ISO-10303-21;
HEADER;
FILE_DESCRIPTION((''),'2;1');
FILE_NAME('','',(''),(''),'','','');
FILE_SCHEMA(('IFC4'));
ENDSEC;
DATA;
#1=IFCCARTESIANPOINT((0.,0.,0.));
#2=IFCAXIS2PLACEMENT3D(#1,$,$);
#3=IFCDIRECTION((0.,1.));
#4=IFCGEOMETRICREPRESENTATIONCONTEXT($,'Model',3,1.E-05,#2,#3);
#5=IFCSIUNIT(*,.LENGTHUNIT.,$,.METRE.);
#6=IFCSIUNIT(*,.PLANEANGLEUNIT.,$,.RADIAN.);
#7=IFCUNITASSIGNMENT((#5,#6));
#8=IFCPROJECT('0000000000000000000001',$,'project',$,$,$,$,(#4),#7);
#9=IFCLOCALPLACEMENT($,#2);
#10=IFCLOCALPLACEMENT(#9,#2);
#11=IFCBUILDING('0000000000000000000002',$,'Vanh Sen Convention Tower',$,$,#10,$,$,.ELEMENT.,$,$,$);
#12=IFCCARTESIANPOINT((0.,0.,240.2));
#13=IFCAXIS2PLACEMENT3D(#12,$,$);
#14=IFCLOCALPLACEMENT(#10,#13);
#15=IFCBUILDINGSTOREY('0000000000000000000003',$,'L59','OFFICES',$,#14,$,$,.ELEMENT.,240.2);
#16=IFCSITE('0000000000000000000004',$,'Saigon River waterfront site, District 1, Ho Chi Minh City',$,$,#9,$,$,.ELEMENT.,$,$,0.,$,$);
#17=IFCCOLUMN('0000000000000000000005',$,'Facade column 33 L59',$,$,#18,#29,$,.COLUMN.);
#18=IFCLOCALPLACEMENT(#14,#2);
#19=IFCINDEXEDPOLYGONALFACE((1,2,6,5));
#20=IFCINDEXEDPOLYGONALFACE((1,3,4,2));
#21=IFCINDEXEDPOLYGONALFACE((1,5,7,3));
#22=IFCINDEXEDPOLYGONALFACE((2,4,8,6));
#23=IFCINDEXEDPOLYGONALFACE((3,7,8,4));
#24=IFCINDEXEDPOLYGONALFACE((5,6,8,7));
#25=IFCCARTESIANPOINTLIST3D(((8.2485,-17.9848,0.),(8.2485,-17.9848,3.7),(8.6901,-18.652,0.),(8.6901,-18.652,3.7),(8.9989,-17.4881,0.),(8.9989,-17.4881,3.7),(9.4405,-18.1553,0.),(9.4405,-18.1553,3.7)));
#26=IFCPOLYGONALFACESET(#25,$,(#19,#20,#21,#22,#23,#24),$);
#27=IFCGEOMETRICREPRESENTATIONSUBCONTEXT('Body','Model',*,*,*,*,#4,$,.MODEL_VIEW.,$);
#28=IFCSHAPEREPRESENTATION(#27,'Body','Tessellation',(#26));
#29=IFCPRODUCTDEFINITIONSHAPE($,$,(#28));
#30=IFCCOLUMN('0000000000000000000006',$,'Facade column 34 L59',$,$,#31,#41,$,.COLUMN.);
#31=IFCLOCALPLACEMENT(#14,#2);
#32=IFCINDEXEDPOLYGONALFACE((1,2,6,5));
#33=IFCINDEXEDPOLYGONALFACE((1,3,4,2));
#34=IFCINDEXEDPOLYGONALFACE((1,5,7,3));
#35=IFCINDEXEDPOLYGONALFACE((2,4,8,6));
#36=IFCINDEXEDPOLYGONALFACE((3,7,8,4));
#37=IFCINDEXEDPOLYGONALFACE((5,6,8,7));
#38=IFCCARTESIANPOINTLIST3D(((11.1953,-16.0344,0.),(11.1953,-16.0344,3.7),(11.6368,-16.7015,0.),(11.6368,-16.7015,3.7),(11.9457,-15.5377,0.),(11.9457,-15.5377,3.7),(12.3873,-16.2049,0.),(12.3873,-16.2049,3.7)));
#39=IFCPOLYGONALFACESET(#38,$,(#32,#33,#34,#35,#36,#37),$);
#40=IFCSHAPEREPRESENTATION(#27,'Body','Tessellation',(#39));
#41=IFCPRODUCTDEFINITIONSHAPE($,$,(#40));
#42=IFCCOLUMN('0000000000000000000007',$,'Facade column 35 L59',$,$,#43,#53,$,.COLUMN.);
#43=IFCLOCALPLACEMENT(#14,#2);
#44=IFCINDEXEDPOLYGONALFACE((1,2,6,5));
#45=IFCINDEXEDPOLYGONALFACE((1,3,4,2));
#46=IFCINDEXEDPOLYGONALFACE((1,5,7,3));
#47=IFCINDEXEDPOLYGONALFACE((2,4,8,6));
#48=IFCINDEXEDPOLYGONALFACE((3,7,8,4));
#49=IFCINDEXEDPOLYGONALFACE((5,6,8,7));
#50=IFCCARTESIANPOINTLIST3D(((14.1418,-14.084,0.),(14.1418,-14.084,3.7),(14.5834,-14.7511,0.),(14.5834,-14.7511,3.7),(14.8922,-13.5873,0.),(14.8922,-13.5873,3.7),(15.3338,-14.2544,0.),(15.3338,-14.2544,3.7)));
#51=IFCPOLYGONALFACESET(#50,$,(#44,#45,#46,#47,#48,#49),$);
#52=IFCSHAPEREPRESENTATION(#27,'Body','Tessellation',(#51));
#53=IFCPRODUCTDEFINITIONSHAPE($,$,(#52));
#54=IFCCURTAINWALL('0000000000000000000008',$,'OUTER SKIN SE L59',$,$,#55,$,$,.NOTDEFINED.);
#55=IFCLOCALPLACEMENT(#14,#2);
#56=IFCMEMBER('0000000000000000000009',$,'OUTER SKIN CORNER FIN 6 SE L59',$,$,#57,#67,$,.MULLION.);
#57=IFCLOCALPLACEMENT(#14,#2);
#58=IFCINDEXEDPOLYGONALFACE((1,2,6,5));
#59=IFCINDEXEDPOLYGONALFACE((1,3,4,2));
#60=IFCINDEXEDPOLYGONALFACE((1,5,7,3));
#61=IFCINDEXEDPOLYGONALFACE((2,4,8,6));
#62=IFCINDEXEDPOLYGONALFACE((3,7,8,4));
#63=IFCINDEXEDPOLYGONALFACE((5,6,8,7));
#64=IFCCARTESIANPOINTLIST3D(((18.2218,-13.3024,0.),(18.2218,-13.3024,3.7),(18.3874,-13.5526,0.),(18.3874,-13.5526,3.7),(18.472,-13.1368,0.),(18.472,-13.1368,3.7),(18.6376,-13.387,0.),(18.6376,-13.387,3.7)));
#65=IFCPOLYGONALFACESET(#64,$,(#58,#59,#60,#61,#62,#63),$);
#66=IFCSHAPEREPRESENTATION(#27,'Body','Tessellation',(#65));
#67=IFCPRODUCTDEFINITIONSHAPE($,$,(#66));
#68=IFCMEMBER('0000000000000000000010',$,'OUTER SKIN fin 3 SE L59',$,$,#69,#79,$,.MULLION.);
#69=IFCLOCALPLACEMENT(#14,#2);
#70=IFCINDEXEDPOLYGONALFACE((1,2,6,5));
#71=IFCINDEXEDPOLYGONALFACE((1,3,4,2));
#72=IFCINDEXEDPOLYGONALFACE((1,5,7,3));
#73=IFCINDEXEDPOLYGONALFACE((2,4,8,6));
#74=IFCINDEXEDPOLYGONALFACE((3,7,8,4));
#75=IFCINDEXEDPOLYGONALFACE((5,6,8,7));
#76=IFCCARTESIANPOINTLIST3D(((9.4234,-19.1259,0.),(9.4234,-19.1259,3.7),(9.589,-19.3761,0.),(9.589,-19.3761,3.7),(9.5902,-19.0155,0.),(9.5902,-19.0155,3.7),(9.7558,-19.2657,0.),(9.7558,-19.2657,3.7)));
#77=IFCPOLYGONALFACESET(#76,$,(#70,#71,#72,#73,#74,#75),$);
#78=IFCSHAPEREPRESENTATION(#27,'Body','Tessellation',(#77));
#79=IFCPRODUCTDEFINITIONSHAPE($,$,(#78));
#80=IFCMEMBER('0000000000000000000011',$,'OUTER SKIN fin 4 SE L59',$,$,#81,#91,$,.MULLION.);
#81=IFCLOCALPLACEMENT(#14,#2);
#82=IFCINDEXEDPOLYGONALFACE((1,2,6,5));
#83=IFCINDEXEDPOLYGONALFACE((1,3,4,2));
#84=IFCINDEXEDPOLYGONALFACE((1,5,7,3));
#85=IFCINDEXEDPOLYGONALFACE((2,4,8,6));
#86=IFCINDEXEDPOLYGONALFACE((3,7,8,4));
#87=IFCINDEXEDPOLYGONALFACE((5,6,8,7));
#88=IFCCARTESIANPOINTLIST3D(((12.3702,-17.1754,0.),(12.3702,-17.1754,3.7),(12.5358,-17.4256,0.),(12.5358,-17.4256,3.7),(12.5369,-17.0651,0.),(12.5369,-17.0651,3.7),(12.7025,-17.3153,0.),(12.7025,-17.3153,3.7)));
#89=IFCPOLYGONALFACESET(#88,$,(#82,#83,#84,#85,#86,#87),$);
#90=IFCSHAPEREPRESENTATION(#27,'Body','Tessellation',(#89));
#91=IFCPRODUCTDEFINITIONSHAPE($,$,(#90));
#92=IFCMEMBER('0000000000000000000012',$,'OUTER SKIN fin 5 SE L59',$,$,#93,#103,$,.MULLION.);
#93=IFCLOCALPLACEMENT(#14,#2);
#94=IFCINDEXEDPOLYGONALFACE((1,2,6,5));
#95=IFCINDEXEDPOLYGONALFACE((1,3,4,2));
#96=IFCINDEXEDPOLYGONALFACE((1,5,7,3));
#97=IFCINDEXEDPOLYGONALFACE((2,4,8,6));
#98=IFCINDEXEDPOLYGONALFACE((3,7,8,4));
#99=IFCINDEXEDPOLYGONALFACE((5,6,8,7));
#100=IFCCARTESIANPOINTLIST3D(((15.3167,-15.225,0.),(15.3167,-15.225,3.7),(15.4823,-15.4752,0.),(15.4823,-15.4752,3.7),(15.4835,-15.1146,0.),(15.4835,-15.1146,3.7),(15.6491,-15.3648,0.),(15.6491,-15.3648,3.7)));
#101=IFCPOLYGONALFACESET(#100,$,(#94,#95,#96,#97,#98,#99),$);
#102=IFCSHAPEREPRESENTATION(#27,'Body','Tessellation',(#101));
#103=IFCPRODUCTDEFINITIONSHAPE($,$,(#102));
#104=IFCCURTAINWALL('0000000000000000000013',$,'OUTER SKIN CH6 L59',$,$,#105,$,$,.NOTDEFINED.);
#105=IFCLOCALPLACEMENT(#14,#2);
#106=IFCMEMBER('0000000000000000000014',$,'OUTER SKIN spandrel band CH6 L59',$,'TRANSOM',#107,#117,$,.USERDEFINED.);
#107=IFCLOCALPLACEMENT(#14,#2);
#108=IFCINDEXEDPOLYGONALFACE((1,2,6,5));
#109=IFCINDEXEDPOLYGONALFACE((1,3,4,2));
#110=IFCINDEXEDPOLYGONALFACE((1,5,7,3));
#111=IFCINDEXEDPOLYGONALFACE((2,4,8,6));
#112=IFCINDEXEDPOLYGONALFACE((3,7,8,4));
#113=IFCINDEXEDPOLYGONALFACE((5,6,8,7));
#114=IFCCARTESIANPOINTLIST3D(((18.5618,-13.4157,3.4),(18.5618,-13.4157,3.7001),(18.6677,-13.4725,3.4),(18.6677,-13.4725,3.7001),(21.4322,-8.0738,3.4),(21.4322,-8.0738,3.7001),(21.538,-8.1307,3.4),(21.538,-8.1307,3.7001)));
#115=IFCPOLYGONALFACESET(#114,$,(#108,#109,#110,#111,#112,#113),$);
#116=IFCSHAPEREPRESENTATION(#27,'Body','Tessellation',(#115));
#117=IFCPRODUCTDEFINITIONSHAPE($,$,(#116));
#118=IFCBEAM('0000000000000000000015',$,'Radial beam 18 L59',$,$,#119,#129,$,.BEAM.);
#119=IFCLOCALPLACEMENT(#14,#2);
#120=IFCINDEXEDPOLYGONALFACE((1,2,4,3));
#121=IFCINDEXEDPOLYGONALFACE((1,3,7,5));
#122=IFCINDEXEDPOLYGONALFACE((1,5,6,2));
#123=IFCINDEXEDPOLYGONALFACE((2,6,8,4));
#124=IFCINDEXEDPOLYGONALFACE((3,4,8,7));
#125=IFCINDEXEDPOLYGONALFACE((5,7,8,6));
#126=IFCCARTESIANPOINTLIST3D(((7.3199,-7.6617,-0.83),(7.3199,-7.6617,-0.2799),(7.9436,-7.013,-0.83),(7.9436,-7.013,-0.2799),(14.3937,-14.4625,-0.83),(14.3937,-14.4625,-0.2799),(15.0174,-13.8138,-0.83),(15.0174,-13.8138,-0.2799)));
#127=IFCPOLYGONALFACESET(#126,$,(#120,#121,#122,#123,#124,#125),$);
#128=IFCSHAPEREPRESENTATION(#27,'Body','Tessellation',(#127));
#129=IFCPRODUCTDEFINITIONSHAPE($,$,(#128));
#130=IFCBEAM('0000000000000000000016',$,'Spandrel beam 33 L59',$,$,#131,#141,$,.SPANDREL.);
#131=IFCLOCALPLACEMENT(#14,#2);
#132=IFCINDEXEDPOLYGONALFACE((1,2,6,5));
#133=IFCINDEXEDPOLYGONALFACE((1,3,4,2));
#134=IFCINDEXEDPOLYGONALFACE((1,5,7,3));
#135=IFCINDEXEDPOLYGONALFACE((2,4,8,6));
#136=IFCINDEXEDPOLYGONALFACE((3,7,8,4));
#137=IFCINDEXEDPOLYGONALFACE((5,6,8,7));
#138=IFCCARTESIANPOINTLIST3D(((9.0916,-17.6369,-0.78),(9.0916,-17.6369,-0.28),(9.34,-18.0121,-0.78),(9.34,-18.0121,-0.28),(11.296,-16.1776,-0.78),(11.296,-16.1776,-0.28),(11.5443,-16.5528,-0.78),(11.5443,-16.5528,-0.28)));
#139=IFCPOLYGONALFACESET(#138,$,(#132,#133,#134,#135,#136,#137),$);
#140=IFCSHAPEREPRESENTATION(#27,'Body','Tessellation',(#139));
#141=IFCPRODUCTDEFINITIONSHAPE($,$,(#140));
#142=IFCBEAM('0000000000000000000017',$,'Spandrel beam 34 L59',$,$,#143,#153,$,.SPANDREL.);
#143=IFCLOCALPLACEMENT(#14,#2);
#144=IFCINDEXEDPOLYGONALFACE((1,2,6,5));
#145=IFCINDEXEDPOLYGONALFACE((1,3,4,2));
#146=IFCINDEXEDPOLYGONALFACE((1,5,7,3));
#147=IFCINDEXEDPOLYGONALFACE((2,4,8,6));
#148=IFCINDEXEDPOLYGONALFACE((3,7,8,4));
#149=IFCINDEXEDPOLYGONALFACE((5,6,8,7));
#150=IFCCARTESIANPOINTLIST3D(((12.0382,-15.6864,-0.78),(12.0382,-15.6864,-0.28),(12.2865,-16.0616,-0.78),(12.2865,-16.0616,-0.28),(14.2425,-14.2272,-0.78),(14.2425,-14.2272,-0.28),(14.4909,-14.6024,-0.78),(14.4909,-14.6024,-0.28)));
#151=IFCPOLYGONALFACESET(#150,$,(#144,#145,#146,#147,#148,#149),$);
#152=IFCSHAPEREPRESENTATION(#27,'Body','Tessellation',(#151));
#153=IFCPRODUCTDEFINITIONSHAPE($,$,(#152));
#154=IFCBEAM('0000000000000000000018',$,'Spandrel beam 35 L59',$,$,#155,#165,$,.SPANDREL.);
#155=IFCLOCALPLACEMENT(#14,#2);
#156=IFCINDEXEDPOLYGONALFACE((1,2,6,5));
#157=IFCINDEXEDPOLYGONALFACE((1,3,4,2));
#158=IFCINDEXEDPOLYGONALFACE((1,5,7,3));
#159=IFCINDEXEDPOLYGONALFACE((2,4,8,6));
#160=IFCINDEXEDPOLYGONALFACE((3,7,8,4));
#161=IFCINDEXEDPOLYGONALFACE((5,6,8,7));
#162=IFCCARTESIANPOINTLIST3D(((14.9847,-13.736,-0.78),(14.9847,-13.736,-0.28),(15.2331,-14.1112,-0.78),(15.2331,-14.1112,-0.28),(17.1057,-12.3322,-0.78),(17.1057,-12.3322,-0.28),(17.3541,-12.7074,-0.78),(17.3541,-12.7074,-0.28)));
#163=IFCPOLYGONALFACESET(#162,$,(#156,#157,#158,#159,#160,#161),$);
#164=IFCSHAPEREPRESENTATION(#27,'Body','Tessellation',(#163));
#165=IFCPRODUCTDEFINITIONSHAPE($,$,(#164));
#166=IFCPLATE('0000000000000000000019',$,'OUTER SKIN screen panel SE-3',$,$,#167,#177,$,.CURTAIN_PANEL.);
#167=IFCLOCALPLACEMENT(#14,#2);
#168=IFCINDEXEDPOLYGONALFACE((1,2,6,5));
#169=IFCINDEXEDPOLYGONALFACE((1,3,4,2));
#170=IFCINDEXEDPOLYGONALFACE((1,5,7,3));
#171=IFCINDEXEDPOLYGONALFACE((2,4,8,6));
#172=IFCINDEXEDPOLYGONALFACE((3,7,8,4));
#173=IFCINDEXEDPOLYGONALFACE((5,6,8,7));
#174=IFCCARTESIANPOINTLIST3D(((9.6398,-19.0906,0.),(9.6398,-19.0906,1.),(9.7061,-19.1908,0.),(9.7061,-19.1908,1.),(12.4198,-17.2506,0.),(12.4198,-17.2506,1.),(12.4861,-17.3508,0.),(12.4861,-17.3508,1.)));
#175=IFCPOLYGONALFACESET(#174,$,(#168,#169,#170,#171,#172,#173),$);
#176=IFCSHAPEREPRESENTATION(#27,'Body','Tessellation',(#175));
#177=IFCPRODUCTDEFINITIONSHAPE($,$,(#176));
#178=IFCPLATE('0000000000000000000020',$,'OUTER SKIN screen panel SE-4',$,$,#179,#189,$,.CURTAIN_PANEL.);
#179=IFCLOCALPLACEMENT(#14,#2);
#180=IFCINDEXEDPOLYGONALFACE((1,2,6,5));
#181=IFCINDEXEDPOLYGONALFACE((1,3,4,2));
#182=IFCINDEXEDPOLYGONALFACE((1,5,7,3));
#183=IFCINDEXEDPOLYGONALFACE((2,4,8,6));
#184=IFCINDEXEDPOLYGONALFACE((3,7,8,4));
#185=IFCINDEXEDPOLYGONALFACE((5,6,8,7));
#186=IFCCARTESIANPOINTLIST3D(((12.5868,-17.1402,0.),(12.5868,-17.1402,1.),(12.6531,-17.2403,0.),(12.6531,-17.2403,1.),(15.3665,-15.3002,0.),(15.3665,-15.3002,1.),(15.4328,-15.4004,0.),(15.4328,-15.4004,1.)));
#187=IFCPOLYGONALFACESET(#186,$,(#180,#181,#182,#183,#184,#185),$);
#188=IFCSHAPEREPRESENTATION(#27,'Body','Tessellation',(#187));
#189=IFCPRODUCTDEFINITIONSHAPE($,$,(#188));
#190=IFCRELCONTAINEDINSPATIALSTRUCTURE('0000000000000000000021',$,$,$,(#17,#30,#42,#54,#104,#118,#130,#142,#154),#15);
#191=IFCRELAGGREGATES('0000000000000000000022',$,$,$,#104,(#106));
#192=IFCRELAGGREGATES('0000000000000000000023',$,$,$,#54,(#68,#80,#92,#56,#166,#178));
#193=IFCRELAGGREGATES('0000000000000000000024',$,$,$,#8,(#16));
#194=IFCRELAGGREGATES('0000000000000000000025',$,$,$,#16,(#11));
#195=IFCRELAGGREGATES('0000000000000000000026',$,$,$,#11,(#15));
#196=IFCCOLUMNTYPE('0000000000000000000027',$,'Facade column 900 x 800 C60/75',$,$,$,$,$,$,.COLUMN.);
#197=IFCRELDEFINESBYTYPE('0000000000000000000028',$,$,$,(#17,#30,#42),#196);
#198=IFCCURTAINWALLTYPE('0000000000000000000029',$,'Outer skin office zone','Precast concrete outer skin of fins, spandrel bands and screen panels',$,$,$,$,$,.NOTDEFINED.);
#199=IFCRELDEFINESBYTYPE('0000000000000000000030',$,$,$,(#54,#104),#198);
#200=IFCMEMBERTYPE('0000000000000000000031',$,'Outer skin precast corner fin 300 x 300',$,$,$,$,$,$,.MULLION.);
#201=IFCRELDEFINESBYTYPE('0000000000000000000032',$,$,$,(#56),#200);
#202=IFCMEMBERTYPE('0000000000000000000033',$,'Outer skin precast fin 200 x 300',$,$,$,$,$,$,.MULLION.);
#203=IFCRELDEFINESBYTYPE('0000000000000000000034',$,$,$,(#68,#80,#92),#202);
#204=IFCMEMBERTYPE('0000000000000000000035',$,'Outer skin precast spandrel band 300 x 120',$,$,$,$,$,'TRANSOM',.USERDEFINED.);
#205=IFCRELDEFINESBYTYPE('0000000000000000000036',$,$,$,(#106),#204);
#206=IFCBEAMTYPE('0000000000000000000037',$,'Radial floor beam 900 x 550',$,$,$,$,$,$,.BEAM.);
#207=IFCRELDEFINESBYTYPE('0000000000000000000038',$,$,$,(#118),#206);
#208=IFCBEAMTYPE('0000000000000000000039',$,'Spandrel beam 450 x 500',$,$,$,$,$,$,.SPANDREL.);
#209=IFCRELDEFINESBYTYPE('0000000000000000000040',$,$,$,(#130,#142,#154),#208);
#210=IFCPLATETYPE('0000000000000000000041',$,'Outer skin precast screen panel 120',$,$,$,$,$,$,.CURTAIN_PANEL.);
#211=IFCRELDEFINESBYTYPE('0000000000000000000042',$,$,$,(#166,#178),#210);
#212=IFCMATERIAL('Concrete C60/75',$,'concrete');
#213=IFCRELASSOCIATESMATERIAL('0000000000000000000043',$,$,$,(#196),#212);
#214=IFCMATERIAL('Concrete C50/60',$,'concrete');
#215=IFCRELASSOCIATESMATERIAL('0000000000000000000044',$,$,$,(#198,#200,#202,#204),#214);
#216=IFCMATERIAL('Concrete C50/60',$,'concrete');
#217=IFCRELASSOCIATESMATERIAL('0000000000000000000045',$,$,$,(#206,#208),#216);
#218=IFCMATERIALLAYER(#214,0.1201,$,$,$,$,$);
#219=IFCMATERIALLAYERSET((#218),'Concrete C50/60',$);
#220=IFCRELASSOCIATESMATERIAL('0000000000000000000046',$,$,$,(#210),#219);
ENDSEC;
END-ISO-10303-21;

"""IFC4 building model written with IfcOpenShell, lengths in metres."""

from ifc_helpers import new_model, si_unit, direction, frame, origin, origin_2d, place, context, subcontext, project, spatial, rectangle, extrude, material, layer, layer_set, material_profile, profile_set, type_object, element, aggregate, save


model = new_model("IFC4")

# Units and contexts
model_context = context("Model", 3, precision=1e-05, world=origin(), true_north=direction((0.0, 1.0)))
body_context = subcontext(model_context, "Body", "Model", "MODEL_VIEW")
ifc_project = project(units=[si_unit("LENGTHUNIT", "METRE"), si_unit("PLANEANGLEUNIT", "RADIAN")], contexts=[model_context])

# Site, building, storey
site_placement = place(None, origin())
site = spatial("IfcSite", under=ifc_project, at=site_placement, Name="Saigon River waterfront site, District 1, Ho Chi Minh City", CompositionType="ELEMENT", RefElevation=0.0)
building_placement = place(site_placement, origin())
building = spatial("IfcBuilding", under=site, at=building_placement, Name="Vanh Sen Convention Tower", CompositionType="ELEMENT")
storey_placement = place(building_placement, frame((0.0, 0.0, 240.2)))
storey = spatial("IfcBuildingStorey", under=building, at=storey_placement, Name="L59", Description="OFFICES", CompositionType="ELEMENT", Elevation=240.2)

# Columns
ifc_material_1 = material(Name="Concrete C60/75", Category="concrete")
ifc_material_profile_1 = material_profile(ifc_material_1, rectangle(XDim=0.8999, YDim=0.8, at=origin_2d()), Name="RC 900X800")
ifc_profile_set_1 = profile_set([ifc_material_profile_1], Name="Concrete C60/75")
column_type = type_object("IfcColumnType", Name="Facade column 900 x 800 C60/75", PredefinedType="COLUMN", material=ifc_profile_set_1)
for number, where, z_axis, x_axis, name in (
    (1, (8.8445, -18.0701, 0.0), (0.0, 0.0, 1.0), (0.833886, 0.551937, 0.0), "Facade column 33 L59"),
    (2, (11.7913, -16.1196, 0.0), (0.0, 0.0, 1.0), (0.833886, 0.551937, 0.0), "Facade column 34 L59"),
    (3, (14.7378, -14.1692, 0.0), (0.0, 0.0, 1.0), (0.833886, 0.551937, 0.0), "Facade column 35 L59"),
):
    element("IfcColumn", number, at=place(storey_placement, frame(where, z_axis=z_axis, x_axis=x_axis)), inside=storey, type_object=column_type, Name=name, PredefinedType="COLUMN", context=body_context, shape_type="SweptSolid", body=[
        extrude(rectangle(XDim=0.8999, YDim=0.8, at=origin_2d()), origin(), (0.0, 0.0, 1.0), 3.7),
    ])

# Curtain wall, members
ifc_material_2 = material(Name="Concrete C50/60", Category="concrete")
curtain_wall_type = type_object("IfcCurtainWallType", Name="Outer skin office zone", Description="Precast concrete outer skin of fins, spandrel bands and screen panels", PredefinedType="NOTDEFINED", material=ifc_material_2)
curtain_wall_1_placement = place(storey_placement, origin())
curtain_wall_1 = element("IfcCurtainWall", 4, at=curtain_wall_1_placement, inside=storey, type_object=curtain_wall_type, Name="OUTER SKIN SE L59", PredefinedType="NOTDEFINED")
ifc_material_profile_2 = material_profile(ifc_material_2, rectangle(XDim=0.3, YDim=0.3, at=origin_2d()), Name="Outer skin precast corner fin 300 x 300")
ifc_profile_set_2 = profile_set([ifc_material_profile_2], Name="Concrete C50/60")
member_type_1 = type_object("IfcMemberType", Name="Outer skin precast corner fin 300 x 300", PredefinedType="MULLION", material=ifc_profile_set_2)
member_1_placement = place(storey_placement, frame((18.4297, -13.3447, 0.0), z_axis=(0.0, 0.0, 1.0), x_axis=(0.833886, 0.551937, 0.0)))
member_1 = element("IfcMember", 5, at=member_1_placement, type_object=member_type_1, Name="OUTER SKIN CORNER FIN 6 SE L59", PredefinedType="MULLION", context=body_context, shape_type="SweptSolid", body=[
    extrude(rectangle(XDim=0.3, YDim=0.3, at=origin_2d()), origin(), (0.0, 0.0, 1.0), 3.7),
])
ifc_material_profile_3 = material_profile(ifc_material_2, rectangle(XDim=0.2, YDim=0.3, at=origin_2d()), Name="Outer skin precast fin 200 x 300")
ifc_profile_set_3 = profile_set([ifc_material_profile_3], Name="Concrete C50/60")
member_type_2 = type_object("IfcMemberType", Name="Outer skin precast fin 200 x 300", PredefinedType="MULLION", material=ifc_profile_set_3)
member_2_placement = place(storey_placement, frame((9.5896, -19.1958, 0.0), z_axis=(0.0, 0.0, 1.0), x_axis=(0.833886, 0.551937, 0.0)))
member_2 = element("IfcMember", 6, at=member_2_placement, type_object=member_type_2, Name="OUTER SKIN fin 3 SE L59", PredefinedType="MULLION", context=body_context, shape_type="SweptSolid", body=[
    extrude(rectangle(XDim=0.2, YDim=0.3, at=origin_2d()), origin(), (0.0, 0.0, 1.0), 3.7),
])
member_3_placement = place(storey_placement, frame((12.5364, -17.2454, 0.0), z_axis=(0.0, 0.0, 1.0), x_axis=(0.833886, 0.551937, 0.0)))
member_3 = element("IfcMember", 7, at=member_3_placement, type_object=member_type_2, Name="OUTER SKIN fin 4 SE L59", PredefinedType="MULLION", context=body_context, shape_type="SweptSolid", body=[
    extrude(rectangle(XDim=0.2, YDim=0.3, at=origin_2d()), origin(), (0.0, 0.0, 1.0), 3.7),
])
member_4_placement = place(storey_placement, frame((15.4829, -15.2949, 0.0), z_axis=(0.0, 0.0, 1.0), x_axis=(0.833886, 0.551937, 0.0)))
member_4 = element("IfcMember", 8, at=member_4_placement, type_object=member_type_2, Name="OUTER SKIN fin 5 SE L59", PredefinedType="MULLION", context=body_context, shape_type="SweptSolid", body=[
    extrude(rectangle(XDim=0.2, YDim=0.3, at=origin_2d()), origin(), (0.0, 0.0, 1.0), 3.7),
])

# Curtain wall, member
curtain_wall_2_placement = place(storey_placement, origin())
curtain_wall_2 = element("IfcCurtainWall", 9, at=curtain_wall_2_placement, inside=storey, type_object=curtain_wall_type, Name="OUTER SKIN CH6 L59", PredefinedType="NOTDEFINED")
ifc_material_profile_4 = material_profile(ifc_material_2, rectangle(XDim=0.1201, YDim=0.3, at=origin_2d()), Name="Outer skin precast spandrel band 300 x 120")
ifc_profile_set_4 = profile_set([ifc_material_profile_4], Name="Concrete C50/60")
member_type_3 = type_object("IfcMemberType", Name="Outer skin precast spandrel band 300 x 120", ElementType="TRANSOM", PredefinedType="USERDEFINED", material=ifc_profile_set_4)
member_5_placement = place(storey_placement, frame((18.6147, -13.4441, 3.55), z_axis=(0.473334, 0.880883, 0.0), x_axis=(-0.880883, 0.473334, 0.0)))
member_5 = element("IfcMember", 10, at=member_5_placement, type_object=member_type_3, Name="OUTER SKIN spandrel band CH6 L59", ObjectType="TRANSOM", PredefinedType="USERDEFINED", context=body_context, shape_type="SweptSolid", body=[
    extrude(rectangle(XDim=0.1201, YDim=0.3, at=origin_2d()), origin(), (0.0, 0.0, 1.0), 6.0642),
])
aggregate(curtain_wall_2, [member_5])

# Beams
ifc_material_3 = material(Name="Concrete C50/60", Category="concrete")
ifc_material_profile_5 = material_profile(ifc_material_3, rectangle(XDim=0.8999, YDim=0.55, at=origin_2d()), Name="RC 900X550")
ifc_profile_set_5 = profile_set([ifc_material_profile_5], Name="Concrete C50/60")
beam_type_1 = type_object("IfcBeamType", Name="Radial floor beam 900 x 550", PredefinedType="BEAM", material=ifc_profile_set_5)
beam_1_placement = place(storey_placement, frame((14.7056, -14.1382, -0.5549), z_axis=(-0.720878, 0.693062, 0.0), x_axis=(-0.693062, -0.720878, 0.0)))
element("IfcBeam", 11, at=beam_1_placement, inside=storey, type_object=beam_type_1, Name="Radial beam 18 L59", PredefinedType="BEAM", context=body_context, shape_type="SweptSolid", body=[
    extrude(rectangle(XDim=0.8999, YDim=0.55, at=origin_2d()), origin(), (0.0, 0.0, 1.0), 9.8127),
])
ifc_material_profile_6 = material_profile(ifc_material_3, rectangle(XDim=0.45, YDim=0.5, at=origin_2d()), Name="RC 450X500")
ifc_profile_set_6 = profile_set([ifc_material_profile_6], Name="Concrete C50/60")
beam_type_2 = type_object("IfcBeamType", Name="Spandrel beam 450 x 500", PredefinedType="SPANDREL", material=ifc_profile_set_6)
for number, where, z_axis, x_axis, name in (
    (12, (9.2158, -17.8245, -0.53), (0.83385, 0.551991, 0.0), (-0.551991, 0.83385, 0.0), "Spandrel beam 33 L59"),
    (13, (12.1624, -15.874, -0.53), (0.83385, 0.551991, 0.0), (-0.551991, 0.83385, 0.0), "Spandrel beam 34 L59"),
):
    element("IfcBeam", number, at=place(storey_placement, frame(where, z_axis=z_axis, x_axis=x_axis)), inside=storey, type_object=beam_type_2, Name=name, PredefinedType="SPANDREL", context=body_context, shape_type="SweptSolid", body=[
        extrude(rectangle(XDim=0.45, YDim=0.5, at=origin_2d()), origin(), (0.0, 0.0, 1.0), 2.6436),
    ])
beam_2_placement = place(storey_placement, frame((15.1089, -13.9236, -0.53), z_axis=(0.833906, 0.551906, 0.0), x_axis=(-0.551906, 0.833906, 0.0)))
element("IfcBeam", 14, at=beam_2_placement, inside=storey, type_object=beam_type_2, Name="Spandrel beam 35 L59", PredefinedType="SPANDREL", context=body_context, shape_type="SweptSolid", body=[
    extrude(rectangle(XDim=0.45, YDim=0.5, at=origin_2d()), origin(), (0.0, 0.0, 1.0), 2.5435),
])

# Plates
ifc_layer_1 = layer(ifc_material_2, 0.1201)
ifc_layer_set_1 = layer_set([ifc_layer_1], Name="Concrete C50/60")
plate_type = type_object("IfcPlateType", Name="Outer skin precast screen panel 120", PredefinedType="CURTAIN_PANEL", material=ifc_layer_set_1)
plate_1_placement = place(storey_placement, frame((11.063, -18.2207, 0.0), z_axis=(0.0, 0.0, 1.0), x_axis=(0.833896, 0.551921, 0.0)))
plate_1 = element("IfcPlate", 15, at=plate_1_placement, type_object=plate_type, Name="OUTER SKIN screen panel SE-3", PredefinedType="CURTAIN_PANEL", context=body_context, shape_type="SweptSolid", body=[
    extrude(rectangle(XDim=3.3337, YDim=0.1201, at=origin_2d()), origin(), (0.0, 0.0, 1.0), 1.0),
])
plate_2_placement = place(storey_placement, frame((14.0098, -16.2703, 0.0), z_axis=(0.0, 0.0, 1.0), x_axis=(0.833874, 0.551954, 0.0)))
plate_2 = element("IfcPlate", 16, at=plate_2_placement, type_object=plate_type, Name="OUTER SKIN screen panel SE-4", PredefinedType="CURTAIN_PANEL", context=body_context, shape_type="SweptSolid", body=[
    extrude(rectangle(XDim=3.3335, YDim=0.1201, at=origin_2d()), origin(), (0.0, 0.0, 1.0), 1.0),
])
aggregate(curtain_wall_1, [member_2, member_3, member_4, member_1, plate_1, plate_2])

save(model, "model.ifc")
